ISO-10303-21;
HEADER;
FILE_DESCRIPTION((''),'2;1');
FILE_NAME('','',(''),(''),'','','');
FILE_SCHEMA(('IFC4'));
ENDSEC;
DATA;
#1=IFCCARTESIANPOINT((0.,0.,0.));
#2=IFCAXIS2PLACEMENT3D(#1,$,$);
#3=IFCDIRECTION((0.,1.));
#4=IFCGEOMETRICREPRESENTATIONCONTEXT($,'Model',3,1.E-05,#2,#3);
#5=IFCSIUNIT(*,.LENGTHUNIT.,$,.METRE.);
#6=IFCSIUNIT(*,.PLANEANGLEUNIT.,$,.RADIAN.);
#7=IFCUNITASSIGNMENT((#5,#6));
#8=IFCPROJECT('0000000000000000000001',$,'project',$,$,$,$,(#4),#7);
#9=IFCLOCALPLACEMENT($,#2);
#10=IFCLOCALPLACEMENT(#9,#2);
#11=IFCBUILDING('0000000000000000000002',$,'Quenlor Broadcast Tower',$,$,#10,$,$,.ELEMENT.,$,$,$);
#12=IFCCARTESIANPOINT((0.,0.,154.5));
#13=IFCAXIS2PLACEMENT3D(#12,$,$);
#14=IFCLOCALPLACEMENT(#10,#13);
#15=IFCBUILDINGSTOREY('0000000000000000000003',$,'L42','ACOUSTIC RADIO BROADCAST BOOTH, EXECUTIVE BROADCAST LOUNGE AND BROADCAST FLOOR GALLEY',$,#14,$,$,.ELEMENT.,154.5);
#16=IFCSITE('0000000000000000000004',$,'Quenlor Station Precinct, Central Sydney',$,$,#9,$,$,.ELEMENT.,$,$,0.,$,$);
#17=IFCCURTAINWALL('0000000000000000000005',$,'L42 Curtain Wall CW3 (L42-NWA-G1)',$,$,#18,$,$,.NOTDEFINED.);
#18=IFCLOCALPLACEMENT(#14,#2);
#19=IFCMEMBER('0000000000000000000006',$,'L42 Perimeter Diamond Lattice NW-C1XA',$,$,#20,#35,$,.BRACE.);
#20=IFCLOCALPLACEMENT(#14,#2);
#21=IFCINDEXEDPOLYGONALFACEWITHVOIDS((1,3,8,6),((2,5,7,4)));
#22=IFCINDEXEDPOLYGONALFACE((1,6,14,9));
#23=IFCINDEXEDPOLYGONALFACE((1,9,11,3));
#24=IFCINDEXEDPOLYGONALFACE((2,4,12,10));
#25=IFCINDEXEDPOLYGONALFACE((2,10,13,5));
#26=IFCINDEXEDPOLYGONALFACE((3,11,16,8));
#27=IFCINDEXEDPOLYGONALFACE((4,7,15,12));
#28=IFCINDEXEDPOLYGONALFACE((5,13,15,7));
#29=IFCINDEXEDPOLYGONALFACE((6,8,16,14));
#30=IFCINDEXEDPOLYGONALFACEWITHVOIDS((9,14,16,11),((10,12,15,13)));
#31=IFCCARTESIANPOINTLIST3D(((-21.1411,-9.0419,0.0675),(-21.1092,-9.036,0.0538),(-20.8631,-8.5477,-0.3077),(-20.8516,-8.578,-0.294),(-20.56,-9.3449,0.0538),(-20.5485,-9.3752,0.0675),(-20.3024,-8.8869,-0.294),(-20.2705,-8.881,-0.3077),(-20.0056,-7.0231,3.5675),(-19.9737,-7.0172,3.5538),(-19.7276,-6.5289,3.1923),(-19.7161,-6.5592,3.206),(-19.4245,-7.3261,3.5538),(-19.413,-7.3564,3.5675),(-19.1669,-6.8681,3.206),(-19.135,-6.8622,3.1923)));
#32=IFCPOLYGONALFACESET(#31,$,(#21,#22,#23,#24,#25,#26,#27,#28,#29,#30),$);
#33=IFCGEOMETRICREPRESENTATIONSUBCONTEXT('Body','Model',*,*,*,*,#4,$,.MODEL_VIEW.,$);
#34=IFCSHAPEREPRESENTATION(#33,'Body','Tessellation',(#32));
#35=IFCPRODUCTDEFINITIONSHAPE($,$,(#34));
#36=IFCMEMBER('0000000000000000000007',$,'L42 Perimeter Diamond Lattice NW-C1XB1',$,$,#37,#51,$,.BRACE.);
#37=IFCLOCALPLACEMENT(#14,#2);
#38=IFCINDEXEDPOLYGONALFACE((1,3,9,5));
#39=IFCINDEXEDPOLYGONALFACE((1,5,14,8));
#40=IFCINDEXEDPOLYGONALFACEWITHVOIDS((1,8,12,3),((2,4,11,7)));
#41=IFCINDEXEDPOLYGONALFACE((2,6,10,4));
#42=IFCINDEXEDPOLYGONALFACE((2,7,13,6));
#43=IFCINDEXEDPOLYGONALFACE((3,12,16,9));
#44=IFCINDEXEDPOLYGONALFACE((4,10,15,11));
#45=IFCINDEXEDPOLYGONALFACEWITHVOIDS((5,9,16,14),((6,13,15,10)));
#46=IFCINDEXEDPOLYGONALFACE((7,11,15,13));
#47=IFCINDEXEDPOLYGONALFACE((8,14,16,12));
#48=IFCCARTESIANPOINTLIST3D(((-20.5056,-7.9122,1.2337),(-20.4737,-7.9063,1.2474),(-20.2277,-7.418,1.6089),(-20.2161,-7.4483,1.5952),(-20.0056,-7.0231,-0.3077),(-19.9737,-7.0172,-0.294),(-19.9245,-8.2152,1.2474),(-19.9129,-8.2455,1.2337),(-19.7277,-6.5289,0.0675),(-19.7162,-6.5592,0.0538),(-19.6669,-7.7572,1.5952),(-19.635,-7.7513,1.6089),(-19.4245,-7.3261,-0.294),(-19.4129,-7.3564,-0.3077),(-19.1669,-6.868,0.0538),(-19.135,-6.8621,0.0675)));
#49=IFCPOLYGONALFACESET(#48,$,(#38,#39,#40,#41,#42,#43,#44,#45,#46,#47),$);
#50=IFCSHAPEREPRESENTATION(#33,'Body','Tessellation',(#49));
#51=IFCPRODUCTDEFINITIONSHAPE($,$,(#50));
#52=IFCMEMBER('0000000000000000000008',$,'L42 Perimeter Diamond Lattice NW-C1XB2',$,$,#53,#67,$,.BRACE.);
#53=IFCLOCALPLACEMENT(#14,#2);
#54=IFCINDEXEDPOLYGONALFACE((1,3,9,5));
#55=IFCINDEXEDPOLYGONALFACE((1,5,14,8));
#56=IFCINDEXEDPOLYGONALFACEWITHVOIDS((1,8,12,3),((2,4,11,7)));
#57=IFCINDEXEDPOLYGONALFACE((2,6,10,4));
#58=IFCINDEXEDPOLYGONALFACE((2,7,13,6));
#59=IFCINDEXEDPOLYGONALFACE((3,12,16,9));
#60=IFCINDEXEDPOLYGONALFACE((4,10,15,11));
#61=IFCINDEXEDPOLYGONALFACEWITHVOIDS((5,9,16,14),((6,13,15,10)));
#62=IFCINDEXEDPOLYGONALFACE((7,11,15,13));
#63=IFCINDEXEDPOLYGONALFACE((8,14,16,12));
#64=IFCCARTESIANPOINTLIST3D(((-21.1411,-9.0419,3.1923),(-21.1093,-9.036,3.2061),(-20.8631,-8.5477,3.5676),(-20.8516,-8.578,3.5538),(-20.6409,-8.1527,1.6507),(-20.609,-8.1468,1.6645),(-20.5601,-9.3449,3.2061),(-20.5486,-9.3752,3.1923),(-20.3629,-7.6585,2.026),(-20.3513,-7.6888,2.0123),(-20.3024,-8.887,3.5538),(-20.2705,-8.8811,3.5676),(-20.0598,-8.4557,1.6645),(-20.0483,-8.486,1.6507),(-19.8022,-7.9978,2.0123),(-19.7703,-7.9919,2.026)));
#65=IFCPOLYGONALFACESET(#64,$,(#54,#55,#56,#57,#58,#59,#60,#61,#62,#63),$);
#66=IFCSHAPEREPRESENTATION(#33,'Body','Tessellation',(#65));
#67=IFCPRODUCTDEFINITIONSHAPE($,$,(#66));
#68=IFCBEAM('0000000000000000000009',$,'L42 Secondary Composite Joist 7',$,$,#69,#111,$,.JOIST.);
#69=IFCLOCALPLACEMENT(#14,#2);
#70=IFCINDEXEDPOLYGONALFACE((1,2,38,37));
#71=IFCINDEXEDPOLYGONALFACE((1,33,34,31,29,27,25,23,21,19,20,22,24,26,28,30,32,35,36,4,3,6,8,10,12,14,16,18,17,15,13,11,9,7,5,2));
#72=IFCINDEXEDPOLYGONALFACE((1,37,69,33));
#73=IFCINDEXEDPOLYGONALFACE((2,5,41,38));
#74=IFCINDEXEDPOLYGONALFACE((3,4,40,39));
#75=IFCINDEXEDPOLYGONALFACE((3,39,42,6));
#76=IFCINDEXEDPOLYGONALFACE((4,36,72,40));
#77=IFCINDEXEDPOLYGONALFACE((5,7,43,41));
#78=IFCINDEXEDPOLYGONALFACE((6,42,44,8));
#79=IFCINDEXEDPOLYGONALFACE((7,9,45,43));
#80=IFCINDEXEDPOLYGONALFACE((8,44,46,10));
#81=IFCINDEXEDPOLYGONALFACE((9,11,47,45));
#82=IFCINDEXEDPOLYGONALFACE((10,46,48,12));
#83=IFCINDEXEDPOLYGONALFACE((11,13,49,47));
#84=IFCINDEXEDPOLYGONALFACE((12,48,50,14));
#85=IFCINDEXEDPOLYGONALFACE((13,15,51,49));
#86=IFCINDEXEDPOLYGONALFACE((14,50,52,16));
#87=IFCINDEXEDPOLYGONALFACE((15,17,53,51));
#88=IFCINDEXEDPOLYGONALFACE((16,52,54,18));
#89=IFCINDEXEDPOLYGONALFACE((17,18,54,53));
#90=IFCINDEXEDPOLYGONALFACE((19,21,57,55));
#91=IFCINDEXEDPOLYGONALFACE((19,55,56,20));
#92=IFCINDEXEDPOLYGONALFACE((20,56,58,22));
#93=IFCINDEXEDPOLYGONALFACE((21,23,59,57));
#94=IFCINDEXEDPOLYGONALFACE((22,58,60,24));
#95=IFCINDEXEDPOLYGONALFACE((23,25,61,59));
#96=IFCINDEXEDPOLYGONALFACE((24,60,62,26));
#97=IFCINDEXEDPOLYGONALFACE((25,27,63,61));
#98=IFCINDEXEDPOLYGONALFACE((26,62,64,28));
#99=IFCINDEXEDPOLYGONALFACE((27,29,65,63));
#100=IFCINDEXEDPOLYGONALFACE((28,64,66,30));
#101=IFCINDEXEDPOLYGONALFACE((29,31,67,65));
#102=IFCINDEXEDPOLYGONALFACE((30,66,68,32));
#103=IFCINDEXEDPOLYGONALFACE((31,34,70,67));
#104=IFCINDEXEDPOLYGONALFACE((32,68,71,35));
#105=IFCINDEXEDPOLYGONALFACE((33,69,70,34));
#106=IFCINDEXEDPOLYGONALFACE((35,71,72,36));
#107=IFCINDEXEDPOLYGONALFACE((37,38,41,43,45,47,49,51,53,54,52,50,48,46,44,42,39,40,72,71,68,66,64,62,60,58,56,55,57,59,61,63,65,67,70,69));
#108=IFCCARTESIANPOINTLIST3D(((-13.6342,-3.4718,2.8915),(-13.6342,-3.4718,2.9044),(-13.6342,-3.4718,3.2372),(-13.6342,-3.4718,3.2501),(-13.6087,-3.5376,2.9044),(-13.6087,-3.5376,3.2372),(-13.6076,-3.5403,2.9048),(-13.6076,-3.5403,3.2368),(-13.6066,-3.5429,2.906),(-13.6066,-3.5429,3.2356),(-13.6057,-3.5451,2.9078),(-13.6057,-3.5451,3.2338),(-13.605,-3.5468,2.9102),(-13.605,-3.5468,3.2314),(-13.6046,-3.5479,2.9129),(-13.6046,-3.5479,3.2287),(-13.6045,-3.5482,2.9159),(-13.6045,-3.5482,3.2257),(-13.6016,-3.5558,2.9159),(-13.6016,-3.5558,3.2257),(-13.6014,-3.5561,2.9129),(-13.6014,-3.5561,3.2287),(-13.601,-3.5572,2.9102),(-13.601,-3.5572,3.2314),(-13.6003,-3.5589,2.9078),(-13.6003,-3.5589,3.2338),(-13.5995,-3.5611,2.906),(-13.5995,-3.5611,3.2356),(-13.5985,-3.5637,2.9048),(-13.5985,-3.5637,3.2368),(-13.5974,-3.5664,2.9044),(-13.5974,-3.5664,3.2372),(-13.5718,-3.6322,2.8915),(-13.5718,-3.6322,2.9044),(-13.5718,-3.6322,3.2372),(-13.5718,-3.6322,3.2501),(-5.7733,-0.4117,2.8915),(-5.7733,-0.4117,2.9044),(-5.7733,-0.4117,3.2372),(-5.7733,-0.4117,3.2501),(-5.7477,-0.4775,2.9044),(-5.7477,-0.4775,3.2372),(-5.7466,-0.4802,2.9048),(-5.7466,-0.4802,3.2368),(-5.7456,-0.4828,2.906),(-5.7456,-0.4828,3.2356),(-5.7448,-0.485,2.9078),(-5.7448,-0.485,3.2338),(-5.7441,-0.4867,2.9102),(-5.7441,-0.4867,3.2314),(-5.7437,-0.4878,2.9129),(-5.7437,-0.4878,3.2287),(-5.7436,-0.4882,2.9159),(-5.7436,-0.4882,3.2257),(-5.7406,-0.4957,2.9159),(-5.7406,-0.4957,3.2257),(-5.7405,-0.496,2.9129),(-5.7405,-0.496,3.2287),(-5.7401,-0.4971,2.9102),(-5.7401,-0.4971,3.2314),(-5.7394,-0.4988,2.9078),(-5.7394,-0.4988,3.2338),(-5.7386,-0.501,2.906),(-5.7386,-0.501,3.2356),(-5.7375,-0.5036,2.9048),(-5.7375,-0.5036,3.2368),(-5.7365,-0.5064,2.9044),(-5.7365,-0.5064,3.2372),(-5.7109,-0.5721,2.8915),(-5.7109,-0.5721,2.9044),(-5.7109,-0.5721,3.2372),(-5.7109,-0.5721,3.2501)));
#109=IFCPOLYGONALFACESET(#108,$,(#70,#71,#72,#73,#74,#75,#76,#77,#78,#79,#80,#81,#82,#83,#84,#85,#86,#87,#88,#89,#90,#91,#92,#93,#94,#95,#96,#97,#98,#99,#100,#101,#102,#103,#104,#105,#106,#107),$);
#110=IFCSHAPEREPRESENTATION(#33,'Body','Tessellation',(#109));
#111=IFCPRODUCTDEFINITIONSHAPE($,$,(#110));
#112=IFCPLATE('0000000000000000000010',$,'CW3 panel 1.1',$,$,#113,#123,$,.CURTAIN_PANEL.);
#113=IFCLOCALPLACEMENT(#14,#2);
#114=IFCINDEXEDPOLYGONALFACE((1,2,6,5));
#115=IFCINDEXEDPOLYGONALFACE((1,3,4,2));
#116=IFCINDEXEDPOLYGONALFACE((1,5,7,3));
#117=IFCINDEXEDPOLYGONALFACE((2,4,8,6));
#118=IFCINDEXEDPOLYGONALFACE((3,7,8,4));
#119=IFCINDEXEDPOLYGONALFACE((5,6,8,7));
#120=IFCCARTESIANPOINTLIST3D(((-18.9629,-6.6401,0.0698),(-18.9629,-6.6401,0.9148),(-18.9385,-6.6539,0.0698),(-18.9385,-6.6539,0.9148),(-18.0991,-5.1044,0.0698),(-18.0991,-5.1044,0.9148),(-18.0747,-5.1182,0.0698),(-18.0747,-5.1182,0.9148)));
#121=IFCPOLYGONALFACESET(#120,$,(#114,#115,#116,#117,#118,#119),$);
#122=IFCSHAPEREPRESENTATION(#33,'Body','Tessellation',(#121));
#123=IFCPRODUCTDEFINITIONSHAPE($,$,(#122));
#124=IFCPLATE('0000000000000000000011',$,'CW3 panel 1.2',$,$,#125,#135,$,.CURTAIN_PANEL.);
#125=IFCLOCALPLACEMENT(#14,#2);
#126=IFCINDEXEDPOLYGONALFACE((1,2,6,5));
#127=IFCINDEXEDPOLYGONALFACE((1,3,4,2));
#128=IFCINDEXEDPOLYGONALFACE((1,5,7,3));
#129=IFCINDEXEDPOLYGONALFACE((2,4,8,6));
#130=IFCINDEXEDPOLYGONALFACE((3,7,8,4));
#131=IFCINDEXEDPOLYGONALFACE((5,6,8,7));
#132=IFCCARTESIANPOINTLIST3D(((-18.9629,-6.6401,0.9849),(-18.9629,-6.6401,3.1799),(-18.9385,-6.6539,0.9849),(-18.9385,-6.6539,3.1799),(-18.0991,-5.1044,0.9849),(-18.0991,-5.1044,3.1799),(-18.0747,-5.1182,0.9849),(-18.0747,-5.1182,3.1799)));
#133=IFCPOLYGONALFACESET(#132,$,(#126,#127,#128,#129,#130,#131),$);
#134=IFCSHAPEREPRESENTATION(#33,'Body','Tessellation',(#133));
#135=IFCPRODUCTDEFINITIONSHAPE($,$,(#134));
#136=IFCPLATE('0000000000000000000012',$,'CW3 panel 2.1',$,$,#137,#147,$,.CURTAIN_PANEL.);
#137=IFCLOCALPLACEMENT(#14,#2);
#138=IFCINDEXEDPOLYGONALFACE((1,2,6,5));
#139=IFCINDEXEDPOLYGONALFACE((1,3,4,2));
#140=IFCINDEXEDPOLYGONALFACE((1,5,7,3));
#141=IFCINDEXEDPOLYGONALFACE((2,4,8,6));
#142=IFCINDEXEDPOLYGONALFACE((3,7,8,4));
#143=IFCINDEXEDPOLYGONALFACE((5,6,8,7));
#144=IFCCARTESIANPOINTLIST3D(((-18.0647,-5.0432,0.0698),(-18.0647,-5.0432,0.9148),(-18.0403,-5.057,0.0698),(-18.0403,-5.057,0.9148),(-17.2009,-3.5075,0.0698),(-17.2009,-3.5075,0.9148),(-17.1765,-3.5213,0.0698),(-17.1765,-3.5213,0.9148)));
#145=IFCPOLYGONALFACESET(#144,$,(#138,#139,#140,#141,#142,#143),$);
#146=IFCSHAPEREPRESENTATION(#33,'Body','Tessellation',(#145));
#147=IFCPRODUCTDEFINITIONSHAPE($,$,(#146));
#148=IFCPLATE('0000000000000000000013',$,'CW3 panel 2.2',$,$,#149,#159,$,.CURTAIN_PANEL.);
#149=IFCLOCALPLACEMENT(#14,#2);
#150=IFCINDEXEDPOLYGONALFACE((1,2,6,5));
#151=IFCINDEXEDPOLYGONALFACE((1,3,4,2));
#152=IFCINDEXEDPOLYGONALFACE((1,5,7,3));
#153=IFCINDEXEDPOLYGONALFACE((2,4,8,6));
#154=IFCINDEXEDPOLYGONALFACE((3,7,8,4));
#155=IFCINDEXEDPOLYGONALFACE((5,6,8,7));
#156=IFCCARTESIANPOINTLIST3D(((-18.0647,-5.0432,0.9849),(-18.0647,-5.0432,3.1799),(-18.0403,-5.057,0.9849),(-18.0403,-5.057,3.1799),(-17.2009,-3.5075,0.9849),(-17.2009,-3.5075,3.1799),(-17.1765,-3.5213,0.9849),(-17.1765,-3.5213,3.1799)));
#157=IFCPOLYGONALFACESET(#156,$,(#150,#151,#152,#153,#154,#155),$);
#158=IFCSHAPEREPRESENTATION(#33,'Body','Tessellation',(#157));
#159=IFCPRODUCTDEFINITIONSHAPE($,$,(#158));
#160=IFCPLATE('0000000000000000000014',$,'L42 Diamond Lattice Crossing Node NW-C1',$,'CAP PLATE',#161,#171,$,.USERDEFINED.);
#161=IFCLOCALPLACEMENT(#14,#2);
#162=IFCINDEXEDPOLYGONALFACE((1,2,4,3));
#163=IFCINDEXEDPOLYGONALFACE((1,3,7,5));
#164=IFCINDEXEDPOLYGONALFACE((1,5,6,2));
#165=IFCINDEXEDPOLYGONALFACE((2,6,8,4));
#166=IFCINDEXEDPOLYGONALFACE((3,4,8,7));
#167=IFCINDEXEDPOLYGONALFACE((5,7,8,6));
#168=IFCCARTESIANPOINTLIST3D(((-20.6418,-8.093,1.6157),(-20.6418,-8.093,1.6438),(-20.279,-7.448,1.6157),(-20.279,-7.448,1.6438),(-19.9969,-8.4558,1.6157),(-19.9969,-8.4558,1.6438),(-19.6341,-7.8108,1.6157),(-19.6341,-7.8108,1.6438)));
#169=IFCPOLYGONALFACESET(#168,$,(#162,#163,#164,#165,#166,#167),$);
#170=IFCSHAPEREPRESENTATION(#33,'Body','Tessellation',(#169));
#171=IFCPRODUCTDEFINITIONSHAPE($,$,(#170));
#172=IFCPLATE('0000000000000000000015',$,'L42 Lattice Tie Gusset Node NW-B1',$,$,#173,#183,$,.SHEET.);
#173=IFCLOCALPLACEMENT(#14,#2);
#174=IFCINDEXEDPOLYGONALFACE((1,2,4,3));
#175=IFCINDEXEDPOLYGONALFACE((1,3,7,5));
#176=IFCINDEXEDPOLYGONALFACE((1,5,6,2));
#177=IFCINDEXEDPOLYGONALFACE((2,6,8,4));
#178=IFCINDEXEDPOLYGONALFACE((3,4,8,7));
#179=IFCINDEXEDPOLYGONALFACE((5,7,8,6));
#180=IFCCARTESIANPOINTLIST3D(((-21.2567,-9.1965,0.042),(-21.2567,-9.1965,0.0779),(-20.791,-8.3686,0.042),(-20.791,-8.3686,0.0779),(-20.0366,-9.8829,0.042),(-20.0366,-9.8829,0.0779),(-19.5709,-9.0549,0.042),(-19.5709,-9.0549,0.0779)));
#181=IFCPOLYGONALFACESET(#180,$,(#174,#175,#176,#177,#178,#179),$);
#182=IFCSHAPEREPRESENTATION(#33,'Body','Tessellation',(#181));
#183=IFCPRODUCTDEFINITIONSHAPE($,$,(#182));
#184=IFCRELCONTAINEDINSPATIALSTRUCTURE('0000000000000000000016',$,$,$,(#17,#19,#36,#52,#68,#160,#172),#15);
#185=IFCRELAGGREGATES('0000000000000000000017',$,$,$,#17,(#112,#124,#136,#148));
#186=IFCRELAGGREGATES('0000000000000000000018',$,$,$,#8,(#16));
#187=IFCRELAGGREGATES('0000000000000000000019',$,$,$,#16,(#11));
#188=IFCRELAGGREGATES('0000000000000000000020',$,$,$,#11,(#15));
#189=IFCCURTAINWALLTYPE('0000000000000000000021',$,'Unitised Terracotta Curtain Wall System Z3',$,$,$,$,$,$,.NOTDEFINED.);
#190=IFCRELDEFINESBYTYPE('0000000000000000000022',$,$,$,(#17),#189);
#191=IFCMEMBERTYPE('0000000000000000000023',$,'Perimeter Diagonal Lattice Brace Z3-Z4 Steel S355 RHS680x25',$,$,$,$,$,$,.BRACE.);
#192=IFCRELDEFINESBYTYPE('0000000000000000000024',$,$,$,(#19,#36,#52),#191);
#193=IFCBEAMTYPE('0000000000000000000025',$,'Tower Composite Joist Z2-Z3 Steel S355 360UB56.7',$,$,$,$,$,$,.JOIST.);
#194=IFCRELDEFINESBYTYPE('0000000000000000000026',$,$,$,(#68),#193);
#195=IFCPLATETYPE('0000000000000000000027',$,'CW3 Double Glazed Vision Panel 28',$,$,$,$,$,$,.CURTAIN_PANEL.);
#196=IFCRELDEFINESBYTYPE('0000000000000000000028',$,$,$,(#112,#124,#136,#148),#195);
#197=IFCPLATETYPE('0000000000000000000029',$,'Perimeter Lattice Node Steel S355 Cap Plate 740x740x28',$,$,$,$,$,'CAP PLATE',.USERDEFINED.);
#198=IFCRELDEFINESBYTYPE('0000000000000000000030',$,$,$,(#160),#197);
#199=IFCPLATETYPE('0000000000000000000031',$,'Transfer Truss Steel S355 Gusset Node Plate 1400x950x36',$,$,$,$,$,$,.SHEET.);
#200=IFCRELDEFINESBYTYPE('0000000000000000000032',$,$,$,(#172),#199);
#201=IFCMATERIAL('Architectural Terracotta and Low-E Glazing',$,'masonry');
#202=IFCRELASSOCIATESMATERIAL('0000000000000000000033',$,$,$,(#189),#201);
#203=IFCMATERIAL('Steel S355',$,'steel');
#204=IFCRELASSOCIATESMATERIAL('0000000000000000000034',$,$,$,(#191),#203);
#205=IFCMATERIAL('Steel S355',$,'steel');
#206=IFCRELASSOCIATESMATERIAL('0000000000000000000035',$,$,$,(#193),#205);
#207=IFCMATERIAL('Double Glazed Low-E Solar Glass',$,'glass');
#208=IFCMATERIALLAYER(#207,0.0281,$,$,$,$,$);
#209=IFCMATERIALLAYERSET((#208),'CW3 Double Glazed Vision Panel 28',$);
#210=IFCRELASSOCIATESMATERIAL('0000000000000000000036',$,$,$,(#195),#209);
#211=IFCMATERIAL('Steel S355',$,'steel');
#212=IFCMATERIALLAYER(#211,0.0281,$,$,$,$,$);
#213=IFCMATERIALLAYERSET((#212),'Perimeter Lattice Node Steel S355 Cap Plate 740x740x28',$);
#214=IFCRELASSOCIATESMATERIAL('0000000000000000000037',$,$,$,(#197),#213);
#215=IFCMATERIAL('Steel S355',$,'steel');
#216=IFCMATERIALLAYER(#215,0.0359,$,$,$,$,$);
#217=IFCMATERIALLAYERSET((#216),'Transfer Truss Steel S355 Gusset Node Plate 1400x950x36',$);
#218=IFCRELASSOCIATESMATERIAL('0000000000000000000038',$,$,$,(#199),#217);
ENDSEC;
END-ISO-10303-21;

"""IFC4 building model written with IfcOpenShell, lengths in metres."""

from ifc_helpers import new_model, si_unit, direction, frame, origin, origin_2d, place, context, subcontext, project, spatial, rectangle, hollow_rectangle, i_section, extrude, material, layer, layer_set, material_profile, profile_set, type_object, element, aggregate, save


model = new_model("IFC4")

# Units and contexts
model_context = context("Model", 3, precision=1e-05, world=origin(), true_north=direction((0.0, 1.0)))
body_context = subcontext(model_context, "Body", "Model", "MODEL_VIEW")
ifc_project = project(units=[si_unit("LENGTHUNIT", "METRE"), si_unit("PLANEANGLEUNIT", "RADIAN")], contexts=[model_context])

# Site, building, storey
site_placement = place(None, origin())
site = spatial("IfcSite", under=ifc_project, at=site_placement, Name="Quenlor Station Precinct, Central Sydney", CompositionType="ELEMENT", RefElevation=0.0)
building_placement = place(site_placement, origin())
building = spatial("IfcBuilding", under=site, at=building_placement, Name="Quenlor Broadcast Tower", CompositionType="ELEMENT")
storey_placement = place(building_placement, frame((0.0, 0.0, 154.5)))
storey = spatial("IfcBuildingStorey", under=building, at=storey_placement, Name="L42", Description="ACOUSTIC RADIO BROADCAST BOOTH, EXECUTIVE BROADCAST LOUNGE AND BROADCAST FLOOR GALLEY", CompositionType="ELEMENT", Elevation=154.5)

# Curtain wall
ifc_material_1 = material(Name="Architectural Terracotta and Low-E Glazing", Category="masonry")
curtain_wall_type = type_object("IfcCurtainWallType", Name="Unitised Terracotta Curtain Wall System Z3", PredefinedType="NOTDEFINED", material=ifc_material_1)
curtain_wall_placement = place(storey_placement, origin())
curtain_wall = element("IfcCurtainWall", 1, at=curtain_wall_placement, inside=storey, type_object=curtain_wall_type, Name="L42 Curtain Wall CW3 (L42-NWA-G1)", PredefinedType="NOTDEFINED")

# Members
ifc_material_2 = material(Name="Steel S355", Category="steel")
ifc_material_profile_1 = material_profile(ifc_material_2, hollow_rectangle(XDim=0.6799, YDim=0.6799, WallThickness=0.0249, at=origin_2d()))
ifc_profile_set_1 = profile_set([ifc_material_profile_1], Name="Steel S355 RHS680x680x25")
member_type_1 = type_object("IfcMemberType", Name="Perimeter Diagonal Lattice Brace Z3-Z4 Steel S355 RHS680x25", PredefinedType="BRACE", material=ifc_profile_set_1)
member_1_placement = place(storey_placement, frame((-20.7058, -8.9614, -0.1201), z_axis=(0.270549, 0.481009, 0.833927), x_axis=(-0.87159, 0.490236, 0.0)))
element("IfcMember", 2, at=member_1_placement, inside=storey, type_object=member_type_1, Name="L42 Perimeter Diamond Lattice NW-C1XA", PredefinedType="BRACE", context=body_context, shape_type="SweptSolid", body=[
    extrude(hollow_rectangle(XDim=0.6799, YDim=0.6799, WallThickness=0.0249, at=origin_2d()), origin(), (0.0, 0.0, 1.0), 4.197),
])
member_2_placement = place(storey_placement, frame((-19.5703, -6.9426, -0.1201), z_axis=(-0.270494, -0.481025, 0.833935), x_axis=(0.871639, -0.490148, 0.0)))
element("IfcMember", 3, at=member_2_placement, inside=storey, type_object=member_type_1, Name="L42 Perimeter Diamond Lattice NW-C1XB1", PredefinedType="BRACE", context=body_context, shape_type="SweptSolid", body=[
    extrude(hollow_rectangle(XDim=0.6799, YDim=0.6799, WallThickness=0.0249, at=origin_2d()), origin(), (0.0, 0.0, 1.0), 1.8484),
])
member_3_placement = place(storey_placement, frame((-20.2056, -8.0723, 1.8384), z_axis=(-0.270616, -0.481008, 0.833905), x_axis=(0.871537, -0.490329, 0.0)))
element("IfcMember", 4, at=member_3_placement, inside=storey, type_object=member_type_1, Name="L42 Perimeter Diamond Lattice NW-C1XB2", PredefinedType="BRACE", context=body_context, shape_type="SweptSolid", body=[
    extrude(hollow_rectangle(XDim=0.6799, YDim=0.6799, WallThickness=0.0249, at=origin_2d()), origin(), (0.0, 0.0, 1.0), 1.8486),
])

# Beam
ifc_material_3 = material(Name="Steel S355", Category="steel")
ifc_material_profile_2 = material_profile(ifc_material_3, i_section(OverallWidth=0.1721, OverallDepth=0.3586, WebThickness=0.0081, FlangeThickness=0.0129, FilletRadius=0.0115, at=origin_2d()))
ifc_profile_set_2 = profile_set([ifc_material_profile_2], Name="Steel S355 360UB56.7")
beam_type_1 = type_object("IfcBeamType", Name="Tower Composite Joist Z2-Z3 Steel S355 360UB56.7", PredefinedType="JOIST", material=ifc_profile_set_2)
beam_1_placement = place(storey_placement, frame((-13.603, -3.552, 3.0708), z_axis=(0.931882, 0.362762, 0.0), x_axis=(-0.362762, 0.931882, 0.0)))
element("IfcBeam", 5, at=beam_1_placement, inside=storey, type_object=beam_type_1, Name="L42 Secondary Composite Joist 7", PredefinedType="JOIST", context=body_context, shape_type="SweptSolid", body=[
    extrude(i_section(OverallWidth=0.1721, OverallDepth=0.3586, WebThickness=0.0081, FlangeThickness=0.0129, FilletRadius=0.0115, at=origin_2d()), origin(), (0.0, 0.0, 1.0), 8.4355),
])

# Plates
ifc_material_4 = material(Name="Double Glazed Low-E Solar Glass", Category="glass")
ifc_layer_1 = layer(ifc_material_4, 0.0281)
ifc_layer_set_1 = layer_set([ifc_layer_1], Name="CW3 Double Glazed Vision Panel 28")
plate_type_1 = type_object("IfcPlateType", Name="CW3 Double Glazed Vision Panel 28", PredefinedType="CURTAIN_PANEL", material=ifc_layer_set_1)
plate_1_placement = place(storey_placement, frame((-18.5188, -5.8792, 0.0698), z_axis=(0.0, 0.0, 1.0), x_axis=(0.490259, 0.871577, 0.0)))
plate_1 = element("IfcPlate", 6, at=plate_1_placement, type_object=plate_type_1, Name="CW3 panel 1.1", PredefinedType="CURTAIN_PANEL", context=body_context, shape_type="SweptSolid", body=[
    extrude(rectangle(XDim=1.762, YDim=0.0281, at=origin_2d()), origin(), (0.0, 0.0, 1.0), 0.845),
])
plate_2_placement = place(storey_placement, frame((-18.5188, -5.8792, 0.9849), z_axis=(0.0, 0.0, 1.0), x_axis=(0.490259, 0.871577, 0.0)))
plate_2 = element("IfcPlate", 7, at=plate_2_placement, type_object=plate_type_1, Name="CW3 panel 1.2", PredefinedType="CURTAIN_PANEL", context=body_context, shape_type="SweptSolid", body=[
    extrude(rectangle(XDim=1.762, YDim=0.0281, at=origin_2d()), origin(), (0.0, 0.0, 1.0), 2.1951),
])
plate_3_placement = place(storey_placement, frame((-17.6206, -4.2822, 0.0698), z_axis=(0.0, 0.0, 1.0), x_axis=(0.490259, 0.871577, 0.0)))
plate_3 = element("IfcPlate", 8, at=plate_3_placement, type_object=plate_type_1, Name="CW3 panel 2.1", PredefinedType="CURTAIN_PANEL", context=body_context, shape_type="SweptSolid", body=[
    extrude(rectangle(XDim=1.762, YDim=0.0281, at=origin_2d()), origin(), (0.0, 0.0, 1.0), 0.845),
])
plate_4_placement = place(storey_placement, frame((-17.6206, -4.2822, 0.9849), z_axis=(0.0, 0.0, 1.0), x_axis=(0.490259, 0.871577, 0.0)))
plate_4 = element("IfcPlate", 9, at=plate_4_placement, type_object=plate_type_1, Name="CW3 panel 2.2", PredefinedType="CURTAIN_PANEL", context=body_context, shape_type="SweptSolid", body=[
    extrude(rectangle(XDim=1.762, YDim=0.0281, at=origin_2d()), origin(), (0.0, 0.0, 1.0), 2.1951),
])
aggregate(curtain_wall, [plate_1, plate_2, plate_3, plate_4])

# Plates
ifc_material_5 = material(Name="Steel S355", Category="steel")
ifc_layer_2 = layer(ifc_material_5, 0.0281)
ifc_layer_set_2 = layer_set([ifc_layer_2], Name="Perimeter Lattice Node Steel S355 Cap Plate 740x740x28")
plate_type_2 = type_object("IfcPlateType", Name="Perimeter Lattice Node Steel S355 Cap Plate 740x740x28", ElementType="CAP PLATE", PredefinedType="USERDEFINED", material=ifc_layer_set_2)
plate_5_placement = place(storey_placement, frame((-20.1379, -7.9519, 1.6157), z_axis=(0.0, 0.0, 1.0), x_axis=(0.490295, 0.871556, 0.0)))
element("IfcPlate", 10, at=plate_5_placement, inside=storey, type_object=plate_type_2, Name="L42 Diamond Lattice Crossing Node NW-C1", ObjectType="CAP PLATE", PredefinedType="USERDEFINED", context=body_context, shape_type="SweptSolid", body=[
    extrude(rectangle(XDim=0.74, YDim=0.74, at=origin_2d()), origin(), (0.0, 0.0, 1.0), 0.0281),
])
ifc_material_6 = material(Name="Steel S355", Category="steel")
ifc_layer_3 = layer(ifc_material_6, 0.0359)
ifc_layer_set_3 = layer_set([ifc_layer_3], Name="Transfer Truss Steel S355 Gusset Node Plate 1400x950x36")
plate_type_3 = type_object("IfcPlateType", Name="Transfer Truss Steel S355 Gusset Node Plate 1400x950x36", PredefinedType="SHEET", material=ifc_layer_set_3)
for number, where, z_axis, x_axis, name in (
    (11, (-20.4138, -9.1257, 0.042), (0.0, 0.0, 1.0), (-0.871556, 0.490295, 0.0), "L42 Lattice Tie Gusset Node NW-B1"),
):
    element("IfcPlate", number, at=place(storey_placement, frame(where, z_axis=z_axis, x_axis=x_axis)), inside=storey, type_object=plate_type_3, Name=name, PredefinedType="SHEET", context=body_context, shape_type="SweptSolid", body=[
        extrude(rectangle(XDim=1.3999, YDim=0.95, at=origin_2d()), origin(), (0.0, 0.0, 1.0), 0.0359),
    ])

save(model, "model.ifc")
